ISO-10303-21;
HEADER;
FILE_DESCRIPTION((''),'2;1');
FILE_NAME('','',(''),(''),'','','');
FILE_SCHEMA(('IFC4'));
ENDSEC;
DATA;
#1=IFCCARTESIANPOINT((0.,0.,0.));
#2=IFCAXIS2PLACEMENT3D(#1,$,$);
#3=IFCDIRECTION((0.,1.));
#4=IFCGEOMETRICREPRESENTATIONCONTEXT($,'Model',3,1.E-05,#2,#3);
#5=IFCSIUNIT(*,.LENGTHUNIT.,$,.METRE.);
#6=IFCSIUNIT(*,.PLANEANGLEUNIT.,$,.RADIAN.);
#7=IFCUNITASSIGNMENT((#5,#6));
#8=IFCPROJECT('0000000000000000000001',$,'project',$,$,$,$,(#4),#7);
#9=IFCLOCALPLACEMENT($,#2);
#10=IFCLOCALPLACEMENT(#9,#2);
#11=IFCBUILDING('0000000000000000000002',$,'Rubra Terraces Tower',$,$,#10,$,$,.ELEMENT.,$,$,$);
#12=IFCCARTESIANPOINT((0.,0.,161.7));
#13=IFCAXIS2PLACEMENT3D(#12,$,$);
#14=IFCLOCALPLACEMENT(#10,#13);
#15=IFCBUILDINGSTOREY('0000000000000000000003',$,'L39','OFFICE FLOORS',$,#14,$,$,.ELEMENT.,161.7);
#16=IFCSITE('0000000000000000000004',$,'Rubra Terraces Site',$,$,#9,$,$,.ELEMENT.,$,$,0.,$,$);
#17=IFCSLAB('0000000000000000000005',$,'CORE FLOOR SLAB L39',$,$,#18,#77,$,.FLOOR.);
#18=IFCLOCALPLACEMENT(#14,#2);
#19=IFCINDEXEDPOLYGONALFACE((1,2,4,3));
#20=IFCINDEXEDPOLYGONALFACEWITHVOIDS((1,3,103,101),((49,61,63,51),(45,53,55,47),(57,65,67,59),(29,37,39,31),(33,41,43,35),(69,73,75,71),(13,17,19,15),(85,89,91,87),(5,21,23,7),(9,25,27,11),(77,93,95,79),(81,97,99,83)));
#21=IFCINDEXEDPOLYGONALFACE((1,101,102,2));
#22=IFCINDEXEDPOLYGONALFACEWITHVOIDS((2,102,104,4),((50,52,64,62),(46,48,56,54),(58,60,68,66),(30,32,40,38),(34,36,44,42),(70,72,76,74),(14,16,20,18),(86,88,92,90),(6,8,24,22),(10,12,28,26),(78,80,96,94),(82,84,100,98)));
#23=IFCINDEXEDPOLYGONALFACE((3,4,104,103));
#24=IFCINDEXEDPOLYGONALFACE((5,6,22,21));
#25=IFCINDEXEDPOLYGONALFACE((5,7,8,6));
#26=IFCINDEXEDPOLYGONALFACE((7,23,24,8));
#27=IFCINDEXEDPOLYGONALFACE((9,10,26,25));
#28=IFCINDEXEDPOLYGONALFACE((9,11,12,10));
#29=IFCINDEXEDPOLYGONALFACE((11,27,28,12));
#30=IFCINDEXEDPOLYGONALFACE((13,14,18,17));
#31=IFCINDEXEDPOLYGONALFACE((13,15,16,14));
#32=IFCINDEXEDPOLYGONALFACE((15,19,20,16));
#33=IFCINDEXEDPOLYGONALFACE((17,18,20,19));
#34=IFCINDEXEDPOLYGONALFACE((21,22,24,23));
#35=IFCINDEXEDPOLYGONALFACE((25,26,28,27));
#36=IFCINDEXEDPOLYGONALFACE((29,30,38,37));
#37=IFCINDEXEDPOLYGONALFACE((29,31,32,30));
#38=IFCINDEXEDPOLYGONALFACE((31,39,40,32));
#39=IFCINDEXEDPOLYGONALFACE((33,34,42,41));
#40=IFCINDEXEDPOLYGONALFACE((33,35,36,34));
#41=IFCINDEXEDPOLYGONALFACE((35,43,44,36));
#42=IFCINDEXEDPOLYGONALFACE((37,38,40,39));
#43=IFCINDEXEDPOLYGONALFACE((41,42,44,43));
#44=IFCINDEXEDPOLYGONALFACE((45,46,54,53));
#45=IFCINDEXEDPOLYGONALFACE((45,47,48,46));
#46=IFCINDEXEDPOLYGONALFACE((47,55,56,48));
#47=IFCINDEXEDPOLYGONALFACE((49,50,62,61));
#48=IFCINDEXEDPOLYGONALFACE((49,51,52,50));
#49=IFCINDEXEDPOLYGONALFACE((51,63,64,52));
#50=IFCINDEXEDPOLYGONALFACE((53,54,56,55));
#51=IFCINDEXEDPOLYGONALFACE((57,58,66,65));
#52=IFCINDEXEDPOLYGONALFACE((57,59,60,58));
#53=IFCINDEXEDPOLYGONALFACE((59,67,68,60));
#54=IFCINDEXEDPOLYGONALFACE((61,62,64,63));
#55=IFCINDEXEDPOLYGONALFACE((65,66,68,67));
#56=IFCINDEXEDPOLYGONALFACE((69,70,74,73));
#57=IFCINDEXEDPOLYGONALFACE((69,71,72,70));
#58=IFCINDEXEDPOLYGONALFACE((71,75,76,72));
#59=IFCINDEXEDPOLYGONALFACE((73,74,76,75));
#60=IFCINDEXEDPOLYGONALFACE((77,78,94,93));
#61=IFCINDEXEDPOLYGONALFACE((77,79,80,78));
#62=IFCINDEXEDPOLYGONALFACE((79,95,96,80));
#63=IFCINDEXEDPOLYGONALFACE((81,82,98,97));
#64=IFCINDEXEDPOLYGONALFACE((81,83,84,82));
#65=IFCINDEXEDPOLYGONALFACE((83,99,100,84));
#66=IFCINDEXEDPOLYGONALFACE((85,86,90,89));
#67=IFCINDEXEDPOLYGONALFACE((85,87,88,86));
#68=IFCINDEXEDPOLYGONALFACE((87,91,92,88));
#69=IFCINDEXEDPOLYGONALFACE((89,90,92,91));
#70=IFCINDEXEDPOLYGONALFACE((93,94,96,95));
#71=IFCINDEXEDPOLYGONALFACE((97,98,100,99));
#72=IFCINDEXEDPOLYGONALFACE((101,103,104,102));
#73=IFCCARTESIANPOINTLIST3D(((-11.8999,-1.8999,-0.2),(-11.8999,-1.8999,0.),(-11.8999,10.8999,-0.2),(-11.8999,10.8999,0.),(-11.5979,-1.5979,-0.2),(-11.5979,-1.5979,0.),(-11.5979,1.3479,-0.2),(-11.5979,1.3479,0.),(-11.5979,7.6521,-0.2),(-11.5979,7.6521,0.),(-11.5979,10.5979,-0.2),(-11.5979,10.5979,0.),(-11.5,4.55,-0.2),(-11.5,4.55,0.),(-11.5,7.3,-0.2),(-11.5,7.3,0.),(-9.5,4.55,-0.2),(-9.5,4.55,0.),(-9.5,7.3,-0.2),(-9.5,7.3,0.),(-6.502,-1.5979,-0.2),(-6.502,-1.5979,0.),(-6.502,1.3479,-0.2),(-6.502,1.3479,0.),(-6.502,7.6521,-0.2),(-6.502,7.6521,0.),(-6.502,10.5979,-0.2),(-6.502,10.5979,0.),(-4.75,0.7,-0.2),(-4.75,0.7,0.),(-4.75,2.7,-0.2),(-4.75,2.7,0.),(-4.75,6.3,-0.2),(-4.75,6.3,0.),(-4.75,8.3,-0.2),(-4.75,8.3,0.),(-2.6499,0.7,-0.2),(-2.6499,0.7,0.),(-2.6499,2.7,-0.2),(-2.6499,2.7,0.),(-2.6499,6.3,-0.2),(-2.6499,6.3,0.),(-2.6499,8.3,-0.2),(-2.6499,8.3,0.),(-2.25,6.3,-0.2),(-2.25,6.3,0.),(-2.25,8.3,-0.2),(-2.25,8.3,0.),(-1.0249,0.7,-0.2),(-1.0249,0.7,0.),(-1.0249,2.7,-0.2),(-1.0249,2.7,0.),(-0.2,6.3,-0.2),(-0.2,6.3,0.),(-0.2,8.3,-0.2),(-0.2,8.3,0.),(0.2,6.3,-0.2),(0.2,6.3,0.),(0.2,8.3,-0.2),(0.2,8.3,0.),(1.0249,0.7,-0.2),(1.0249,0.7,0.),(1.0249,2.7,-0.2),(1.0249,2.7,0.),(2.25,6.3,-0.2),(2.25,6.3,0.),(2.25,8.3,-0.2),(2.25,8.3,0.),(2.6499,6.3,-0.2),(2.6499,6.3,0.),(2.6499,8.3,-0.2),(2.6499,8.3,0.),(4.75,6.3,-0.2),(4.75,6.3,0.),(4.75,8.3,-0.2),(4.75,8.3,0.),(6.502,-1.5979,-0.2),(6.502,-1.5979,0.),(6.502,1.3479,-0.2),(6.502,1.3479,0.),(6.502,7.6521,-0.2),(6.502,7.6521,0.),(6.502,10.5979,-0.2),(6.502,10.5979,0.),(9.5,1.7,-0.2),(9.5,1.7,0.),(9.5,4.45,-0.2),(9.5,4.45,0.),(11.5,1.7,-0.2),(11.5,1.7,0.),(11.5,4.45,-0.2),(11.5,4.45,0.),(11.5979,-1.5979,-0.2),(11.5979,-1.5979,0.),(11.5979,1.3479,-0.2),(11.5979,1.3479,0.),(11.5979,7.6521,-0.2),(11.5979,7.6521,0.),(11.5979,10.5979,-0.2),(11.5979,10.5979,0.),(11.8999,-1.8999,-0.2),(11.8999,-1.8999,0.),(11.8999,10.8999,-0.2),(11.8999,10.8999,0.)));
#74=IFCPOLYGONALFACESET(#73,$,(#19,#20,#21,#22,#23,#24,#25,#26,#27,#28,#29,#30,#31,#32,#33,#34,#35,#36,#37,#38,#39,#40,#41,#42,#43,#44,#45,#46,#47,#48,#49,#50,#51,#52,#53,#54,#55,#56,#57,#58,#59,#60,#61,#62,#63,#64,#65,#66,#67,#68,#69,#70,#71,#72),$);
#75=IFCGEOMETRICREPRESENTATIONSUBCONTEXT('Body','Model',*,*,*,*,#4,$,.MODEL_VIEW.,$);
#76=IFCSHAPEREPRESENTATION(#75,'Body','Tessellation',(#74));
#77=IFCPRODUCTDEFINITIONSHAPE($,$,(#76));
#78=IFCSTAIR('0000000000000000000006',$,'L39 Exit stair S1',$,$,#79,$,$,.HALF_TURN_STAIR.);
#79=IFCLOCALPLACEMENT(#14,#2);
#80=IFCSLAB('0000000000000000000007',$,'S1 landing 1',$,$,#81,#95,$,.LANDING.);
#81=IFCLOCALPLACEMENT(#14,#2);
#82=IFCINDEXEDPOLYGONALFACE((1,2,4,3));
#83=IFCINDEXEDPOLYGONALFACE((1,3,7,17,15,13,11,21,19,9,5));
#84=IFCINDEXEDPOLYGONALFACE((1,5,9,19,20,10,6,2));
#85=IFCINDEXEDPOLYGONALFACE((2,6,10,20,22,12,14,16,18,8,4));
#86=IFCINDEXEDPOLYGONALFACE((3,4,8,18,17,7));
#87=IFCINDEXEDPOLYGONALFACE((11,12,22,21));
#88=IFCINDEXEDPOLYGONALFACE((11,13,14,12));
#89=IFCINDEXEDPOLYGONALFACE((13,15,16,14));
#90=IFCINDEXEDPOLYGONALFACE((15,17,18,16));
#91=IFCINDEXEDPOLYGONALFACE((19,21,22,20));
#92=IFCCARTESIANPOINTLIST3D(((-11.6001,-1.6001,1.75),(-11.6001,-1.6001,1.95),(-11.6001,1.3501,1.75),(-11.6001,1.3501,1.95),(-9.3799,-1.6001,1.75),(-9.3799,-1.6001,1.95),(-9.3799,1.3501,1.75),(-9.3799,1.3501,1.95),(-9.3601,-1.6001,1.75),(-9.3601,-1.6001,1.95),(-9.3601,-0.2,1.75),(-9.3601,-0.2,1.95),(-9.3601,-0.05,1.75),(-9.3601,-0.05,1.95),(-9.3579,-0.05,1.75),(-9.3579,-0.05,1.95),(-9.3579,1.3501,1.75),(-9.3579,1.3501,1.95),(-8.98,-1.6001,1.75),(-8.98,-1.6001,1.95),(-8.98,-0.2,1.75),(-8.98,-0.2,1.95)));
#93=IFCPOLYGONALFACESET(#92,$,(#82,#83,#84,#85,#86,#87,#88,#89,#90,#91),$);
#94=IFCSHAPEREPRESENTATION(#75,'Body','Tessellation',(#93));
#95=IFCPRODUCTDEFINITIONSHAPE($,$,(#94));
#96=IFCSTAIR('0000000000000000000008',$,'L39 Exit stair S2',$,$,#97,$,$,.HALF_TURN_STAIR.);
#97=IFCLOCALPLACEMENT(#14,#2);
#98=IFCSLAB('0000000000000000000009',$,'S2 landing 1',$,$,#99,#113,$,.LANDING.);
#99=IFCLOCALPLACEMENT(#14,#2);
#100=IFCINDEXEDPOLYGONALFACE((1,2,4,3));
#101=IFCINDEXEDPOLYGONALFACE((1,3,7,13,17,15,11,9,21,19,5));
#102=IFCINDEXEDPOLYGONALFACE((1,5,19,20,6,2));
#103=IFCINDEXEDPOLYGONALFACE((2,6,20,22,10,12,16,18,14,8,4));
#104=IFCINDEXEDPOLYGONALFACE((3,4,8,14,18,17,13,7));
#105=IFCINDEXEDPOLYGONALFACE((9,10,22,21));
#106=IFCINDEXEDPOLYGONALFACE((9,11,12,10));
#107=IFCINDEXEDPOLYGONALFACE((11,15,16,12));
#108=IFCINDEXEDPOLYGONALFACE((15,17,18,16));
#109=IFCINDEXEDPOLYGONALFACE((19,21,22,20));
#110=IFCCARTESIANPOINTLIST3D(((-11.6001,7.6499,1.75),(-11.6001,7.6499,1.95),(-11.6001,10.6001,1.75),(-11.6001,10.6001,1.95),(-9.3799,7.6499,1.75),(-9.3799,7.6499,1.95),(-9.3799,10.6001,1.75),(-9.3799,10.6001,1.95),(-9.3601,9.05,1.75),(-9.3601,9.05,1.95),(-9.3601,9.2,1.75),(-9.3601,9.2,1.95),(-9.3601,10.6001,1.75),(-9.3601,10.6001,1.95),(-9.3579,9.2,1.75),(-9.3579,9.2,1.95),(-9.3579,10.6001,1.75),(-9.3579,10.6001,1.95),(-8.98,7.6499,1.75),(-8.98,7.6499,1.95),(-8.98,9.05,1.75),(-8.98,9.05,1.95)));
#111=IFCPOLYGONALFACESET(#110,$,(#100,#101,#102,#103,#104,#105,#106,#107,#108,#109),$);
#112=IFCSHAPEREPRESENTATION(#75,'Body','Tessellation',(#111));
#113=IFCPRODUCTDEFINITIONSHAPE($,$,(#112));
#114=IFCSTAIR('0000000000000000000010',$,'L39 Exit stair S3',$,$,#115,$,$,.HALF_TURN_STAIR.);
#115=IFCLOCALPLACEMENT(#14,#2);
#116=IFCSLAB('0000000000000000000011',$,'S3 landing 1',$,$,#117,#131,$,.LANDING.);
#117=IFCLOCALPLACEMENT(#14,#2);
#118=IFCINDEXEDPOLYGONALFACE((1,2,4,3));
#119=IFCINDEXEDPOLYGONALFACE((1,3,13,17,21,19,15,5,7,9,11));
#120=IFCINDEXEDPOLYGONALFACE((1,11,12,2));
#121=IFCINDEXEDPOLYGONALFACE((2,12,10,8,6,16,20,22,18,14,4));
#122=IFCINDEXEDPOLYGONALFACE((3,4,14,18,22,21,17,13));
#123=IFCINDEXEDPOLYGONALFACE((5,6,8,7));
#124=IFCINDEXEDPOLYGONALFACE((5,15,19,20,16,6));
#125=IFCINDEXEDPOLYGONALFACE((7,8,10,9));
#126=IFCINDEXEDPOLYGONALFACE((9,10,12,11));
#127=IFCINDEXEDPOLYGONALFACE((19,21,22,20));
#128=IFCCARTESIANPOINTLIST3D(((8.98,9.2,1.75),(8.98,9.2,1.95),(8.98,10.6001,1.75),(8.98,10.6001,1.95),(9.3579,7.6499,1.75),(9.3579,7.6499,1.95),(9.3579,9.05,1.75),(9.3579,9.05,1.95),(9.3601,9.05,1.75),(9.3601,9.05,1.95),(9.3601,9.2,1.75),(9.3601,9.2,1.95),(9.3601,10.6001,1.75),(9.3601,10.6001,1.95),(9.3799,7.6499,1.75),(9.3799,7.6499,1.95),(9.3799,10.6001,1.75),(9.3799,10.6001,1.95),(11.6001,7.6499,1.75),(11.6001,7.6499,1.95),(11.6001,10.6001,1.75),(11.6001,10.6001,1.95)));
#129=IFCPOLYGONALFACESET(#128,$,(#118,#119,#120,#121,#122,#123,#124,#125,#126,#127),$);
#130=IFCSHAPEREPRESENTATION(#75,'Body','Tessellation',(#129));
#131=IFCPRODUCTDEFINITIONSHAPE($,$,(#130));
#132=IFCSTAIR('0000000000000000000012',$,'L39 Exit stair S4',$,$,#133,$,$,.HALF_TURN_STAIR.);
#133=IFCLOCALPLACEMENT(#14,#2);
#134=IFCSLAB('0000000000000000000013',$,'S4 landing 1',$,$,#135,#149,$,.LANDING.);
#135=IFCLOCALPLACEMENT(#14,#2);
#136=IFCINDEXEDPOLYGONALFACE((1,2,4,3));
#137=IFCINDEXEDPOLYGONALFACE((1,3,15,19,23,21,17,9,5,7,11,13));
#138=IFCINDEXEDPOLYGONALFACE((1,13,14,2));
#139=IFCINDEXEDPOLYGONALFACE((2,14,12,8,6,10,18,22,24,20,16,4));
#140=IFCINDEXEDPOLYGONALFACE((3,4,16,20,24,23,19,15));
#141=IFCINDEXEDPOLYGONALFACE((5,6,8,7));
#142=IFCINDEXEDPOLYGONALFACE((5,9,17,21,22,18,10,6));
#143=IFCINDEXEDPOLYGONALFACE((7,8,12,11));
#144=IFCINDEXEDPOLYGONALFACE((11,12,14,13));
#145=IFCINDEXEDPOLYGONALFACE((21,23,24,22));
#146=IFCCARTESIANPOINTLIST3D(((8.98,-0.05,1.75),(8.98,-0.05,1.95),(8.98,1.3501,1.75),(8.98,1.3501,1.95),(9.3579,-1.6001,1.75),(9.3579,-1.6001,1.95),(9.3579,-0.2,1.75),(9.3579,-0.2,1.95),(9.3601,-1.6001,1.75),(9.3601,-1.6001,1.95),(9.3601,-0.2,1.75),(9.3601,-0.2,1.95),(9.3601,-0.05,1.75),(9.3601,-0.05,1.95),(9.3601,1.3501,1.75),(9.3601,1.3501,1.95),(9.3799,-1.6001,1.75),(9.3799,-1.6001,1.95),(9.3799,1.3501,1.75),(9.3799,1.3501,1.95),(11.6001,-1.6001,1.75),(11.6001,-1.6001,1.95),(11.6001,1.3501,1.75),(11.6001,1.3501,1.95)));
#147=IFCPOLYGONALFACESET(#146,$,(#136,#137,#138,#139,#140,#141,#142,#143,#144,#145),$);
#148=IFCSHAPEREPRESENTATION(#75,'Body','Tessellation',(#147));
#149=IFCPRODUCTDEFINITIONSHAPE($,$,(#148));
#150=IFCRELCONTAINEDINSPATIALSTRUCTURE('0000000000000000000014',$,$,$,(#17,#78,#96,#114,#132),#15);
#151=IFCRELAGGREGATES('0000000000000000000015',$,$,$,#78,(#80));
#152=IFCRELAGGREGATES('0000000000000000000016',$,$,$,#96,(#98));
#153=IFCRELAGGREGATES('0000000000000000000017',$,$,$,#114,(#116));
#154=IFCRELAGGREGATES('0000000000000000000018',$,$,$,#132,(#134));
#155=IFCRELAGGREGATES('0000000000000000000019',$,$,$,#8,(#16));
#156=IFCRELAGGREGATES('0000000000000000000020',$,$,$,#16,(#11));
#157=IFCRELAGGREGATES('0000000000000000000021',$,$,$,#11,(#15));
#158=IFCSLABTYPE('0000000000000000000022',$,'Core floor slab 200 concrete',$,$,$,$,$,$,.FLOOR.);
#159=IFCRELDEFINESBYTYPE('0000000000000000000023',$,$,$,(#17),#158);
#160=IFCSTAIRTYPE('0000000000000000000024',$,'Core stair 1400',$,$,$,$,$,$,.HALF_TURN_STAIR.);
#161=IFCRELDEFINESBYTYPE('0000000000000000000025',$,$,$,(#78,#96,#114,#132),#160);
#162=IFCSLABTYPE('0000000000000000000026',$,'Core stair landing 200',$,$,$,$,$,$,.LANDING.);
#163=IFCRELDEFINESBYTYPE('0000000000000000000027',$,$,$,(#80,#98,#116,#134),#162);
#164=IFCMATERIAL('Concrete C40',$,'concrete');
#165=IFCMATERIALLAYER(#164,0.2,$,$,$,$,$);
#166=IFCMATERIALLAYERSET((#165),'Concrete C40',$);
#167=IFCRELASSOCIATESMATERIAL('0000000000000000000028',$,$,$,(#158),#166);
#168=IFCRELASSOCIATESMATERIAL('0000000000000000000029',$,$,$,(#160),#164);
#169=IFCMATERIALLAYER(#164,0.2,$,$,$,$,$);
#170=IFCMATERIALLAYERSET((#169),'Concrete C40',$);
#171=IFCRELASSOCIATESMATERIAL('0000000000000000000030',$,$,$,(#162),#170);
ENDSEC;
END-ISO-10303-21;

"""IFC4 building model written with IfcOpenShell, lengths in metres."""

from ifc_helpers import new_model, si_unit, direction, frame, origin, place, context, subcontext, project, spatial, polyline, outline, extrude, material, layer, layer_set, type_object, element, aggregate, save


model = new_model("IFC4")

# Units and contexts
model_context = context("Model", 3, precision=1e-05, world=origin(), true_north=direction((0.0, 1.0)))
body_context = subcontext(model_context, "Body", "Model", "MODEL_VIEW")
ifc_project = project(units=[si_unit("LENGTHUNIT", "METRE"), si_unit("PLANEANGLEUNIT", "RADIAN")], contexts=[model_context])

# Site, building, storey
site_placement = place(None, origin())
site = spatial("IfcSite", under=ifc_project, at=site_placement, Name="Rubra Terraces Site", CompositionType="ELEMENT", RefElevation=0.0)
building_placement = place(site_placement, origin())
building = spatial("IfcBuilding", under=site, at=building_placement, Name="Rubra Terraces Tower", CompositionType="ELEMENT")
storey_placement = place(building_placement, frame((0.0, 0.0, 161.7)))
storey = spatial("IfcBuildingStorey", under=building, at=storey_placement, Name="L39", Description="OFFICE FLOORS", CompositionType="ELEMENT", Elevation=161.7)

# Slab
ifc_material_1 = material(Name="Concrete C40", Category="concrete")
ifc_layer_1 = layer(ifc_material_1, 0.2)
ifc_layer_set_1 = layer_set([ifc_layer_1], Name="Concrete C40")
slab_type_1 = type_object("IfcSlabType", Name="Core floor slab 200 concrete", PredefinedType="FLOOR", material=ifc_layer_set_1)
slab_1_placement = place(storey_placement, frame((0.0, 0.0, -0.2)))
element("IfcSlab", 1, at=slab_1_placement, inside=storey, type_object=slab_type_1, Name="CORE FLOOR SLAB L39", PredefinedType="FLOOR", context=body_context, shape_type="SweptSolid", body=[
    extrude(outline(polyline([(-11.8999, -1.8999), (-11.8999, 10.8999), (11.8999, 10.8999), (11.8999, -1.8999), (-11.8999, -1.8999)]), holes=[polyline([(11.5979, 1.3479), (6.502, 1.3479), (6.502, -1.5979), (11.5979, -1.5979), (11.5979, 1.3479)]), polyline([(11.5979, 7.6521), (11.5979, 10.5979), (6.502, 10.5979), (6.502, 7.6521), (11.5979, 7.6521)]), polyline([(9.5, 1.7), (11.5, 1.7), (11.5, 4.45), (9.5, 4.45), (9.5, 1.7)]), polyline([(4.75, 6.3), (4.75, 8.3), (2.6499, 8.3), (2.6499, 6.3), (4.75, 6.3)]), polyline([(2.25, 8.3), (0.2, 8.3), (0.2, 6.3), (2.25, 6.3), (2.25, 8.3)]), polyline([(1.0249, 0.7), (1.0249, 2.7), (-1.0249, 2.7), (-1.0249, 0.7), (1.0249, 0.7)]), polyline([(-0.2, 6.3), (-0.2, 8.3), (-2.25, 8.3), (-2.25, 6.3), (-0.2, 6.3)]), polyline([(-4.75, 8.3), (-4.75, 6.3), (-2.6499, 6.3), (-2.6499, 8.3), (-4.75, 8.3)]), polyline([(-2.6499, 0.7), (-2.6499, 2.7), (-4.75, 2.7), (-4.75, 0.7), (-2.6499, 0.7)]), polyline([(-11.5979, -1.5979), (-6.502, -1.5979), (-6.502, 1.3479), (-11.5979, 1.3479), (-11.5979, -1.5979)]), polyline([(-11.5979, 10.5979), (-11.5979, 7.6521), (-6.502, 7.6521), (-6.502, 10.5979), (-11.5979, 10.5979)]), polyline([(-9.5, 4.55), (-9.5, 7.3), (-11.5, 7.3), (-11.5, 4.55), (-9.5, 4.55)])]), origin(), (0.0, 0.0, 1.0), 0.2),
])

# Stairs, slabs
stair_type = type_object("IfcStairType", Name="Core stair 1400", PredefinedType="HALF_TURN_STAIR", material=ifc_material_1)
stair_1_placement = place(storey_placement, origin())
stair_1 = element("IfcStair", 2, at=stair_1_placement, inside=storey, type_object=stair_type, Name="L39 Exit stair S1", PredefinedType="HALF_TURN_STAIR")
ifc_layer_2 = layer(ifc_material_1, 0.2)
ifc_layer_set_2 = layer_set([ifc_layer_2], Name="Concrete C40")
slab_type_2 = type_object("IfcSlabType", Name="Core stair landing 200", PredefinedType="LANDING", material=ifc_layer_set_2)
slab_2_placement = place(storey_placement, frame((0.0, 0.0, 1.75)))
slab_2 = element("IfcSlab", 3, at=slab_2_placement, type_object=slab_type_2, Name="S1 landing 1", PredefinedType="LANDING", context=body_context, shape_type="SweptSolid", body=[
    extrude(outline(polyline([(-8.98, -0.2), (-8.98, -1.6001), (-9.3601, -1.6001), (-9.3799, -1.6001), (-11.6001, -1.6001), (-11.6001, 1.3501), (-9.3799, 1.3501), (-9.3579, 1.3501), (-9.3579, -0.05), (-9.3601, -0.05), (-9.3601, -0.2), (-8.98, -0.2)])), origin(), (0.0, 0.0, 1.0), 0.2),
])
aggregate(stair_1, [slab_2])
stair_2_placement = place(storey_placement, origin())
stair_2 = element("IfcStair", 4, at=stair_2_placement, inside=storey, type_object=stair_type, Name="L39 Exit stair S2", PredefinedType="HALF_TURN_STAIR")
slab_3_placement = place(storey_placement, frame((0.0, 0.0, 1.75)))
slab_3 = element("IfcSlab", 5, at=slab_3_placement, type_object=slab_type_2, Name="S2 landing 1", PredefinedType="LANDING", context=body_context, shape_type="SweptSolid", body=[
    extrude(outline(polyline([(-8.98, 9.05), (-8.98, 7.6499), (-9.3799, 7.6499), (-11.6001, 7.6499), (-11.6001, 10.6001), (-9.3799, 10.6001), (-9.3601, 10.6001), (-9.3579, 10.6001), (-9.3579, 9.2), (-9.3601, 9.2), (-9.3601, 9.05), (-8.98, 9.05)])), origin(), (0.0, 0.0, 1.0), 0.2),
])
aggregate(stair_2, [slab_3])
stair_3_placement = place(storey_placement, origin())
stair_3 = element("IfcStair", 6, at=stair_3_placement, inside=storey, type_object=stair_type, Name="L39 Exit stair S3", PredefinedType="HALF_TURN_STAIR")
slab_4_placement = place(storey_placement, frame((0.0, 0.0, 1.75)))
slab_4 = element("IfcSlab", 7, at=slab_4_placement, type_object=slab_type_2, Name="S3 landing 1", PredefinedType="LANDING", context=body_context, shape_type="SweptSolid", body=[
    extrude(outline(polyline([(9.3601, 9.05), (9.3601, 9.2), (8.98, 9.2), (8.98, 10.6001), (9.3601, 10.6001), (9.3799, 10.6001), (11.6001, 10.6001), (11.6001, 7.6499), (9.3799, 7.6499), (9.3579, 7.6499), (9.3579, 9.05), (9.3601, 9.05)])), origin(), (0.0, 0.0, 1.0), 0.2),
])
stair_4_placement = place(storey_placement, origin())
stair_4 = element("IfcStair", 8, at=stair_4_placement, inside=storey, type_object=stair_type, Name="L39 Exit stair S4", PredefinedType="HALF_TURN_STAIR")
slab_5_placement = place(storey_placement, frame((0.0, 0.0, 1.75)))
slab_5 = element("IfcSlab", 9, at=slab_5_placement, type_object=slab_type_2, Name="S4 landing 1", PredefinedType="LANDING", context=body_context, shape_type="SweptSolid", body=[
    extrude(outline(polyline([(9.3601, -0.2), (9.3601, -0.05), (8.98, -0.05), (8.98, 1.3501), (9.3601, 1.3501), (9.3799, 1.3501), (11.6001, 1.3501), (11.6001, -1.6001), (9.3799, -1.6001), (9.3601, -1.6001), (9.3579, -1.6001), (9.3579, -0.2), (9.3601, -0.2)])), origin(), (0.0, 0.0, 1.0), 0.2),
])

aggregate(stair_3, [slab_4])
aggregate(stair_4, [slab_5])

save(model, "model.ifc")
